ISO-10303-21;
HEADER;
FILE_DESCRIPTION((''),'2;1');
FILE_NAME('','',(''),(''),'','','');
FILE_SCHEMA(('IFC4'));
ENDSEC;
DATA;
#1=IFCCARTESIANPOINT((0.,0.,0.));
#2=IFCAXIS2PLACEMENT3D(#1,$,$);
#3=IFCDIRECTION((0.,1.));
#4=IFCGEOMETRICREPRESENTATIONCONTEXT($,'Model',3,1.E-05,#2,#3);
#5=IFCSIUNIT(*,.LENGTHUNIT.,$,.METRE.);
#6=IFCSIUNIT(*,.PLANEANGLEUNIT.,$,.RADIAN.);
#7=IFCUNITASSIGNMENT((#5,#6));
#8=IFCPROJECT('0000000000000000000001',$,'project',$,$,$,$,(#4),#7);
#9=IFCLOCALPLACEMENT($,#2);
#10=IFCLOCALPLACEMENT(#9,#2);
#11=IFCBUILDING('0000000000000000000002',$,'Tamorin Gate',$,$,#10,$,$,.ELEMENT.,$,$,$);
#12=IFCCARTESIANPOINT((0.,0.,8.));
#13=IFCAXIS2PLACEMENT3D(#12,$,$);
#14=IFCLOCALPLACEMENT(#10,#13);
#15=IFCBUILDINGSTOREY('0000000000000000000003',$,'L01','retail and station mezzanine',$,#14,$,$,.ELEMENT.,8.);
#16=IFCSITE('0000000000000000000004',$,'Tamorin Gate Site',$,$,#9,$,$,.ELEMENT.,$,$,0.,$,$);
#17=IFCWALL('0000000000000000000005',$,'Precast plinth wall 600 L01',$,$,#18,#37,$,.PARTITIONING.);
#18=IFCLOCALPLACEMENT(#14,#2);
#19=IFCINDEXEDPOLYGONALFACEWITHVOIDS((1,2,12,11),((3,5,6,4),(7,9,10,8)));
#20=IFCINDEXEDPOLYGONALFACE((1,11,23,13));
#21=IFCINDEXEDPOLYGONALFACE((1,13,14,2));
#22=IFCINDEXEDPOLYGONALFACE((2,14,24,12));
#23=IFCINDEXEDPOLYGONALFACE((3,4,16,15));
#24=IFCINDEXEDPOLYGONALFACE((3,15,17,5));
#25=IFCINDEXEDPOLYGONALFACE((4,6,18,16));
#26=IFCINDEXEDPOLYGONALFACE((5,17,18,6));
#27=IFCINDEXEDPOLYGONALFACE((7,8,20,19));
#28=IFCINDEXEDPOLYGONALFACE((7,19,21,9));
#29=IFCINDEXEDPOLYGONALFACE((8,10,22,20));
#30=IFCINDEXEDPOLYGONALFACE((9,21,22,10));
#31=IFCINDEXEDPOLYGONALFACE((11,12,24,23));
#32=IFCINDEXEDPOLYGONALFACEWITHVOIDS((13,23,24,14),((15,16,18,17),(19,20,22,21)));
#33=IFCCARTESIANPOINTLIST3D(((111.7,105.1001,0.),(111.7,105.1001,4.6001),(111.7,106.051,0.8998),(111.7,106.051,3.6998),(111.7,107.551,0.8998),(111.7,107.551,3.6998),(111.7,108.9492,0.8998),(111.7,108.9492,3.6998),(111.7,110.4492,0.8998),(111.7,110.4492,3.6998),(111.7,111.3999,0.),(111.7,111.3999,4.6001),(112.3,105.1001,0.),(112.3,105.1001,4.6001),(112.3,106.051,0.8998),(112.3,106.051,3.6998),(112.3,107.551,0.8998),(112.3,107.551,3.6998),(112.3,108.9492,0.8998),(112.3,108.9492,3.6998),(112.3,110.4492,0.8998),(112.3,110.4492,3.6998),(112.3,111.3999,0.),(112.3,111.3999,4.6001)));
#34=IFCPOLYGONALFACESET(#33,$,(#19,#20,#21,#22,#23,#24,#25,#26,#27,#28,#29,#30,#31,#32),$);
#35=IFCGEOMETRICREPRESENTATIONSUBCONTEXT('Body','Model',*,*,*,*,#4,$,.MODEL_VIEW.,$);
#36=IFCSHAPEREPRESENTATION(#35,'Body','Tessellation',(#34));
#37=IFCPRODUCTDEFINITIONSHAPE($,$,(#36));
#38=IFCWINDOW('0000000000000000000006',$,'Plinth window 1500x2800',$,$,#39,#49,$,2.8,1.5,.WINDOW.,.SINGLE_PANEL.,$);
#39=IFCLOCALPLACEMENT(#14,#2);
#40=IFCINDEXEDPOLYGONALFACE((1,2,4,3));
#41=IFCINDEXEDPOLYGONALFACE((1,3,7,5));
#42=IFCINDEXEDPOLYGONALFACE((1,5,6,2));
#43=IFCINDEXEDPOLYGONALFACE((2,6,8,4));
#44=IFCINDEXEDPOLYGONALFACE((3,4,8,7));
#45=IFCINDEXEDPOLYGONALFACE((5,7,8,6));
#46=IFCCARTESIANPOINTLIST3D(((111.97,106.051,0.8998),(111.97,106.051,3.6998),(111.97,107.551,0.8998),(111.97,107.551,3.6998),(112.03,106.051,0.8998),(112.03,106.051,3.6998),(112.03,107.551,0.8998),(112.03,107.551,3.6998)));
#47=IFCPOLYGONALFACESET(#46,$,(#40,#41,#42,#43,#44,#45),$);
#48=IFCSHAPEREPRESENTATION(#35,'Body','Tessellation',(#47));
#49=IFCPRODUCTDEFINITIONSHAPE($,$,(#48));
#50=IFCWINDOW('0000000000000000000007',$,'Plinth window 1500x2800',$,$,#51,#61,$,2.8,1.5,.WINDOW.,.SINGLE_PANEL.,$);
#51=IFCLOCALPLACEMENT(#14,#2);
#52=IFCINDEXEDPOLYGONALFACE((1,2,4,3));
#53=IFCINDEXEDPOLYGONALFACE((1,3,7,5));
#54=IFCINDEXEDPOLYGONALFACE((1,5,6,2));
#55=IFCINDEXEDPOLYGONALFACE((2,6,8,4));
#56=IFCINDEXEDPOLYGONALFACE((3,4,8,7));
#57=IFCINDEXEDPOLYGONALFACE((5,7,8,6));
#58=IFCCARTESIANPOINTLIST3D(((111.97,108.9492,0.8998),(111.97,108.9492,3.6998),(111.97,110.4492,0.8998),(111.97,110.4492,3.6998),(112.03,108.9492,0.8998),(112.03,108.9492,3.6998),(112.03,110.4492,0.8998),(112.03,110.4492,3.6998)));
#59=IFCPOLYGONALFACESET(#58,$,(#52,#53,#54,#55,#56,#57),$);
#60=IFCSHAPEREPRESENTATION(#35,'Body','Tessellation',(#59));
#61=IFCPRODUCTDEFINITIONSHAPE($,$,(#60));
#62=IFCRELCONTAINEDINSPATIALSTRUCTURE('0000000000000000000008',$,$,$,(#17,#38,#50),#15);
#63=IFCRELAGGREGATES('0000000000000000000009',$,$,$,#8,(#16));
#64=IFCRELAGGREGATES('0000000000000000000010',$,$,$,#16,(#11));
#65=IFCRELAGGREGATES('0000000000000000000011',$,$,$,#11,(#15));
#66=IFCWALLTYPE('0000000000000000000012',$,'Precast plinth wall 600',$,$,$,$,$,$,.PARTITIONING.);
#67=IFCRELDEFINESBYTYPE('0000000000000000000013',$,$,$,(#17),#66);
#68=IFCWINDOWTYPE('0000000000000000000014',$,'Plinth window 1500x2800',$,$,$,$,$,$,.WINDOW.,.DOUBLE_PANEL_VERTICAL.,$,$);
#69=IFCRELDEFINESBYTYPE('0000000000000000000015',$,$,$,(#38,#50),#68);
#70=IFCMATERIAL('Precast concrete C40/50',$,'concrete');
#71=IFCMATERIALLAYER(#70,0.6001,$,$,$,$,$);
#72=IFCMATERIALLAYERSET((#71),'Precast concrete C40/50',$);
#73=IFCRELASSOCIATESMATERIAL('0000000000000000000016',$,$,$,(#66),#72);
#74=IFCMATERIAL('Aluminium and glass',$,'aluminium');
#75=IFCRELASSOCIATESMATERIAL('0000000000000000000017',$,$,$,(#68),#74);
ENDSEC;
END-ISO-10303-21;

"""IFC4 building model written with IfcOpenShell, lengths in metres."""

from ifc_helpers import new_model, si_unit, direction, frame, frame_2d, origin, place, context, subcontext, project, spatial, rectangle, extrude, material, layer, layer_set, type_object, element, fill, save


model = new_model("IFC4")

# Units and contexts
model_context = context("Model", 3, precision=1e-05, world=origin(), true_north=direction((0.0, 1.0)))
body_context = subcontext(model_context, "Body", "Model", "MODEL_VIEW")
ifc_project = project(units=[si_unit("LENGTHUNIT", "METRE"), si_unit("PLANEANGLEUNIT", "RADIAN")], contexts=[model_context])

# Site, building, storey
site_placement = place(None, origin())
site = spatial("IfcSite", under=ifc_project, at=site_placement, Name="Tamorin Gate Site", CompositionType="ELEMENT", RefElevation=0.0)
building_placement = place(site_placement, origin())
building = spatial("IfcBuilding", under=site, at=building_placement, Name="Tamorin Gate", CompositionType="ELEMENT")
storey_placement = place(building_placement, frame((0.0, 0.0, 8.0)))
storey = spatial("IfcBuildingStorey", under=building, at=storey_placement, Name="L01", Description="retail and station mezzanine", CompositionType="ELEMENT", Elevation=8.0)

# Shared definitions
ifc_material_1 = material(Name="Aluminium and glass", Category="aluminium")

# Shared definitions
ifc_material_2 = material(Name="Precast concrete C40/50", Category="concrete")
ifc_layer_1 = layer(ifc_material_2, 0.6001)
ifc_layer_set_1 = layer_set([ifc_layer_1], Name="Precast concrete C40/50")
wall_type_1 = type_object("IfcWallType", Name="Precast plinth wall 600", PredefinedType="PARTITIONING", material=ifc_layer_set_1)
window_type_1 = type_object("IfcWindowType", Name="Plinth window 1500x2800", PartitioningType="DOUBLE_PANEL_VERTICAL", PredefinedType="WINDOW", material=ifc_material_1)

# Wall, openings, windows
wall_1_placement = place(storey_placement, frame((112.0, 105.1001, 0.0), z_axis=(0.0, 0.0, 1.0), x_axis=(0.0, 1.0, 0.0)))
wall_1 = element("IfcWall", 1, at=wall_1_placement, inside=storey, type_object=wall_type_1, Name="Precast plinth wall 600 L01", PredefinedType="PARTITIONING", context=body_context, shape_type="SweptSolid", body=[
    extrude(rectangle(XDim=6.2998, YDim=0.6001, at=frame_2d((3.1499, 0.0))), origin(), (0.0, 0.0, 1.0), 4.6001),
])
opening_1_placement = place(wall_1_placement, frame((0.9509, 0.0, 0.8999)))
opening_1 = element("IfcOpeningElement", 2, at=opening_1_placement, cuts=wall_1, PredefinedType="OPENING", context=body_context, shape_type="SweptSolid", body=[
    extrude(rectangle(XDim=1.5, YDim=2.8, at=frame_2d((0.75, 1.3999))), frame((0.0, 0.3101, 0.0), z_axis=(0.0, -1.0, 0.0), x_axis=(1.0, 0.0, 0.0)), (0.0, 0.0, 1.0), 0.6201),
])
opening_2_placement = place(wall_1_placement, frame((3.8491, 0.0, 0.8999)))
opening_2 = element("IfcOpeningElement", 3, at=opening_2_placement, cuts=wall_1, PredefinedType="OPENING", context=body_context, shape_type="SweptSolid", body=[
    extrude(rectangle(XDim=1.5, YDim=2.8, at=frame_2d((0.75, 1.3999))), frame((0.0, 0.3101, 0.0), z_axis=(0.0, -1.0, 0.0), x_axis=(1.0, 0.0, 0.0)), (0.0, 0.0, 1.0), 0.6201),
])
window_1_placement = place(opening_1_placement, origin())
window_1 = element("IfcWindow", 4, at=window_1_placement, inside=storey, type_object=window_type_1, Name="Plinth window 1500x2800", OverallHeight=2.8, OverallWidth=1.5, PartitioningType="SINGLE_PANEL", PredefinedType="WINDOW", context=body_context, shape_type="SweptSolid", body=[
    extrude(rectangle(XDim=1.5, YDim=2.8, at=frame_2d((0.75, 1.3999))), frame((0.0, 0.03, 0.0), z_axis=(0.0, -1.0, 0.0), x_axis=(1.0, 0.0, 0.0)), (0.0, 0.0, 1.0), 0.0601),
])
fill(opening_1, window_1)
window_2_placement = place(opening_2_placement, origin())
window_2 = element("IfcWindow", 5, at=window_2_placement, inside=storey, type_object=window_type_1, Name="Plinth window 1500x2800", OverallHeight=2.8, OverallWidth=1.5, PartitioningType="SINGLE_PANEL", PredefinedType="WINDOW", context=body_context, shape_type="SweptSolid", body=[
    extrude(rectangle(XDim=1.5, YDim=2.8, at=frame_2d((0.75, 1.3999))), frame((0.0, 0.03, 0.0), z_axis=(0.0, -1.0, 0.0), x_axis=(1.0, 0.0, 0.0)), (0.0, 0.0, 1.0), 0.0601),
])
fill(opening_2, window_2)

save(model, "model.ifc")
